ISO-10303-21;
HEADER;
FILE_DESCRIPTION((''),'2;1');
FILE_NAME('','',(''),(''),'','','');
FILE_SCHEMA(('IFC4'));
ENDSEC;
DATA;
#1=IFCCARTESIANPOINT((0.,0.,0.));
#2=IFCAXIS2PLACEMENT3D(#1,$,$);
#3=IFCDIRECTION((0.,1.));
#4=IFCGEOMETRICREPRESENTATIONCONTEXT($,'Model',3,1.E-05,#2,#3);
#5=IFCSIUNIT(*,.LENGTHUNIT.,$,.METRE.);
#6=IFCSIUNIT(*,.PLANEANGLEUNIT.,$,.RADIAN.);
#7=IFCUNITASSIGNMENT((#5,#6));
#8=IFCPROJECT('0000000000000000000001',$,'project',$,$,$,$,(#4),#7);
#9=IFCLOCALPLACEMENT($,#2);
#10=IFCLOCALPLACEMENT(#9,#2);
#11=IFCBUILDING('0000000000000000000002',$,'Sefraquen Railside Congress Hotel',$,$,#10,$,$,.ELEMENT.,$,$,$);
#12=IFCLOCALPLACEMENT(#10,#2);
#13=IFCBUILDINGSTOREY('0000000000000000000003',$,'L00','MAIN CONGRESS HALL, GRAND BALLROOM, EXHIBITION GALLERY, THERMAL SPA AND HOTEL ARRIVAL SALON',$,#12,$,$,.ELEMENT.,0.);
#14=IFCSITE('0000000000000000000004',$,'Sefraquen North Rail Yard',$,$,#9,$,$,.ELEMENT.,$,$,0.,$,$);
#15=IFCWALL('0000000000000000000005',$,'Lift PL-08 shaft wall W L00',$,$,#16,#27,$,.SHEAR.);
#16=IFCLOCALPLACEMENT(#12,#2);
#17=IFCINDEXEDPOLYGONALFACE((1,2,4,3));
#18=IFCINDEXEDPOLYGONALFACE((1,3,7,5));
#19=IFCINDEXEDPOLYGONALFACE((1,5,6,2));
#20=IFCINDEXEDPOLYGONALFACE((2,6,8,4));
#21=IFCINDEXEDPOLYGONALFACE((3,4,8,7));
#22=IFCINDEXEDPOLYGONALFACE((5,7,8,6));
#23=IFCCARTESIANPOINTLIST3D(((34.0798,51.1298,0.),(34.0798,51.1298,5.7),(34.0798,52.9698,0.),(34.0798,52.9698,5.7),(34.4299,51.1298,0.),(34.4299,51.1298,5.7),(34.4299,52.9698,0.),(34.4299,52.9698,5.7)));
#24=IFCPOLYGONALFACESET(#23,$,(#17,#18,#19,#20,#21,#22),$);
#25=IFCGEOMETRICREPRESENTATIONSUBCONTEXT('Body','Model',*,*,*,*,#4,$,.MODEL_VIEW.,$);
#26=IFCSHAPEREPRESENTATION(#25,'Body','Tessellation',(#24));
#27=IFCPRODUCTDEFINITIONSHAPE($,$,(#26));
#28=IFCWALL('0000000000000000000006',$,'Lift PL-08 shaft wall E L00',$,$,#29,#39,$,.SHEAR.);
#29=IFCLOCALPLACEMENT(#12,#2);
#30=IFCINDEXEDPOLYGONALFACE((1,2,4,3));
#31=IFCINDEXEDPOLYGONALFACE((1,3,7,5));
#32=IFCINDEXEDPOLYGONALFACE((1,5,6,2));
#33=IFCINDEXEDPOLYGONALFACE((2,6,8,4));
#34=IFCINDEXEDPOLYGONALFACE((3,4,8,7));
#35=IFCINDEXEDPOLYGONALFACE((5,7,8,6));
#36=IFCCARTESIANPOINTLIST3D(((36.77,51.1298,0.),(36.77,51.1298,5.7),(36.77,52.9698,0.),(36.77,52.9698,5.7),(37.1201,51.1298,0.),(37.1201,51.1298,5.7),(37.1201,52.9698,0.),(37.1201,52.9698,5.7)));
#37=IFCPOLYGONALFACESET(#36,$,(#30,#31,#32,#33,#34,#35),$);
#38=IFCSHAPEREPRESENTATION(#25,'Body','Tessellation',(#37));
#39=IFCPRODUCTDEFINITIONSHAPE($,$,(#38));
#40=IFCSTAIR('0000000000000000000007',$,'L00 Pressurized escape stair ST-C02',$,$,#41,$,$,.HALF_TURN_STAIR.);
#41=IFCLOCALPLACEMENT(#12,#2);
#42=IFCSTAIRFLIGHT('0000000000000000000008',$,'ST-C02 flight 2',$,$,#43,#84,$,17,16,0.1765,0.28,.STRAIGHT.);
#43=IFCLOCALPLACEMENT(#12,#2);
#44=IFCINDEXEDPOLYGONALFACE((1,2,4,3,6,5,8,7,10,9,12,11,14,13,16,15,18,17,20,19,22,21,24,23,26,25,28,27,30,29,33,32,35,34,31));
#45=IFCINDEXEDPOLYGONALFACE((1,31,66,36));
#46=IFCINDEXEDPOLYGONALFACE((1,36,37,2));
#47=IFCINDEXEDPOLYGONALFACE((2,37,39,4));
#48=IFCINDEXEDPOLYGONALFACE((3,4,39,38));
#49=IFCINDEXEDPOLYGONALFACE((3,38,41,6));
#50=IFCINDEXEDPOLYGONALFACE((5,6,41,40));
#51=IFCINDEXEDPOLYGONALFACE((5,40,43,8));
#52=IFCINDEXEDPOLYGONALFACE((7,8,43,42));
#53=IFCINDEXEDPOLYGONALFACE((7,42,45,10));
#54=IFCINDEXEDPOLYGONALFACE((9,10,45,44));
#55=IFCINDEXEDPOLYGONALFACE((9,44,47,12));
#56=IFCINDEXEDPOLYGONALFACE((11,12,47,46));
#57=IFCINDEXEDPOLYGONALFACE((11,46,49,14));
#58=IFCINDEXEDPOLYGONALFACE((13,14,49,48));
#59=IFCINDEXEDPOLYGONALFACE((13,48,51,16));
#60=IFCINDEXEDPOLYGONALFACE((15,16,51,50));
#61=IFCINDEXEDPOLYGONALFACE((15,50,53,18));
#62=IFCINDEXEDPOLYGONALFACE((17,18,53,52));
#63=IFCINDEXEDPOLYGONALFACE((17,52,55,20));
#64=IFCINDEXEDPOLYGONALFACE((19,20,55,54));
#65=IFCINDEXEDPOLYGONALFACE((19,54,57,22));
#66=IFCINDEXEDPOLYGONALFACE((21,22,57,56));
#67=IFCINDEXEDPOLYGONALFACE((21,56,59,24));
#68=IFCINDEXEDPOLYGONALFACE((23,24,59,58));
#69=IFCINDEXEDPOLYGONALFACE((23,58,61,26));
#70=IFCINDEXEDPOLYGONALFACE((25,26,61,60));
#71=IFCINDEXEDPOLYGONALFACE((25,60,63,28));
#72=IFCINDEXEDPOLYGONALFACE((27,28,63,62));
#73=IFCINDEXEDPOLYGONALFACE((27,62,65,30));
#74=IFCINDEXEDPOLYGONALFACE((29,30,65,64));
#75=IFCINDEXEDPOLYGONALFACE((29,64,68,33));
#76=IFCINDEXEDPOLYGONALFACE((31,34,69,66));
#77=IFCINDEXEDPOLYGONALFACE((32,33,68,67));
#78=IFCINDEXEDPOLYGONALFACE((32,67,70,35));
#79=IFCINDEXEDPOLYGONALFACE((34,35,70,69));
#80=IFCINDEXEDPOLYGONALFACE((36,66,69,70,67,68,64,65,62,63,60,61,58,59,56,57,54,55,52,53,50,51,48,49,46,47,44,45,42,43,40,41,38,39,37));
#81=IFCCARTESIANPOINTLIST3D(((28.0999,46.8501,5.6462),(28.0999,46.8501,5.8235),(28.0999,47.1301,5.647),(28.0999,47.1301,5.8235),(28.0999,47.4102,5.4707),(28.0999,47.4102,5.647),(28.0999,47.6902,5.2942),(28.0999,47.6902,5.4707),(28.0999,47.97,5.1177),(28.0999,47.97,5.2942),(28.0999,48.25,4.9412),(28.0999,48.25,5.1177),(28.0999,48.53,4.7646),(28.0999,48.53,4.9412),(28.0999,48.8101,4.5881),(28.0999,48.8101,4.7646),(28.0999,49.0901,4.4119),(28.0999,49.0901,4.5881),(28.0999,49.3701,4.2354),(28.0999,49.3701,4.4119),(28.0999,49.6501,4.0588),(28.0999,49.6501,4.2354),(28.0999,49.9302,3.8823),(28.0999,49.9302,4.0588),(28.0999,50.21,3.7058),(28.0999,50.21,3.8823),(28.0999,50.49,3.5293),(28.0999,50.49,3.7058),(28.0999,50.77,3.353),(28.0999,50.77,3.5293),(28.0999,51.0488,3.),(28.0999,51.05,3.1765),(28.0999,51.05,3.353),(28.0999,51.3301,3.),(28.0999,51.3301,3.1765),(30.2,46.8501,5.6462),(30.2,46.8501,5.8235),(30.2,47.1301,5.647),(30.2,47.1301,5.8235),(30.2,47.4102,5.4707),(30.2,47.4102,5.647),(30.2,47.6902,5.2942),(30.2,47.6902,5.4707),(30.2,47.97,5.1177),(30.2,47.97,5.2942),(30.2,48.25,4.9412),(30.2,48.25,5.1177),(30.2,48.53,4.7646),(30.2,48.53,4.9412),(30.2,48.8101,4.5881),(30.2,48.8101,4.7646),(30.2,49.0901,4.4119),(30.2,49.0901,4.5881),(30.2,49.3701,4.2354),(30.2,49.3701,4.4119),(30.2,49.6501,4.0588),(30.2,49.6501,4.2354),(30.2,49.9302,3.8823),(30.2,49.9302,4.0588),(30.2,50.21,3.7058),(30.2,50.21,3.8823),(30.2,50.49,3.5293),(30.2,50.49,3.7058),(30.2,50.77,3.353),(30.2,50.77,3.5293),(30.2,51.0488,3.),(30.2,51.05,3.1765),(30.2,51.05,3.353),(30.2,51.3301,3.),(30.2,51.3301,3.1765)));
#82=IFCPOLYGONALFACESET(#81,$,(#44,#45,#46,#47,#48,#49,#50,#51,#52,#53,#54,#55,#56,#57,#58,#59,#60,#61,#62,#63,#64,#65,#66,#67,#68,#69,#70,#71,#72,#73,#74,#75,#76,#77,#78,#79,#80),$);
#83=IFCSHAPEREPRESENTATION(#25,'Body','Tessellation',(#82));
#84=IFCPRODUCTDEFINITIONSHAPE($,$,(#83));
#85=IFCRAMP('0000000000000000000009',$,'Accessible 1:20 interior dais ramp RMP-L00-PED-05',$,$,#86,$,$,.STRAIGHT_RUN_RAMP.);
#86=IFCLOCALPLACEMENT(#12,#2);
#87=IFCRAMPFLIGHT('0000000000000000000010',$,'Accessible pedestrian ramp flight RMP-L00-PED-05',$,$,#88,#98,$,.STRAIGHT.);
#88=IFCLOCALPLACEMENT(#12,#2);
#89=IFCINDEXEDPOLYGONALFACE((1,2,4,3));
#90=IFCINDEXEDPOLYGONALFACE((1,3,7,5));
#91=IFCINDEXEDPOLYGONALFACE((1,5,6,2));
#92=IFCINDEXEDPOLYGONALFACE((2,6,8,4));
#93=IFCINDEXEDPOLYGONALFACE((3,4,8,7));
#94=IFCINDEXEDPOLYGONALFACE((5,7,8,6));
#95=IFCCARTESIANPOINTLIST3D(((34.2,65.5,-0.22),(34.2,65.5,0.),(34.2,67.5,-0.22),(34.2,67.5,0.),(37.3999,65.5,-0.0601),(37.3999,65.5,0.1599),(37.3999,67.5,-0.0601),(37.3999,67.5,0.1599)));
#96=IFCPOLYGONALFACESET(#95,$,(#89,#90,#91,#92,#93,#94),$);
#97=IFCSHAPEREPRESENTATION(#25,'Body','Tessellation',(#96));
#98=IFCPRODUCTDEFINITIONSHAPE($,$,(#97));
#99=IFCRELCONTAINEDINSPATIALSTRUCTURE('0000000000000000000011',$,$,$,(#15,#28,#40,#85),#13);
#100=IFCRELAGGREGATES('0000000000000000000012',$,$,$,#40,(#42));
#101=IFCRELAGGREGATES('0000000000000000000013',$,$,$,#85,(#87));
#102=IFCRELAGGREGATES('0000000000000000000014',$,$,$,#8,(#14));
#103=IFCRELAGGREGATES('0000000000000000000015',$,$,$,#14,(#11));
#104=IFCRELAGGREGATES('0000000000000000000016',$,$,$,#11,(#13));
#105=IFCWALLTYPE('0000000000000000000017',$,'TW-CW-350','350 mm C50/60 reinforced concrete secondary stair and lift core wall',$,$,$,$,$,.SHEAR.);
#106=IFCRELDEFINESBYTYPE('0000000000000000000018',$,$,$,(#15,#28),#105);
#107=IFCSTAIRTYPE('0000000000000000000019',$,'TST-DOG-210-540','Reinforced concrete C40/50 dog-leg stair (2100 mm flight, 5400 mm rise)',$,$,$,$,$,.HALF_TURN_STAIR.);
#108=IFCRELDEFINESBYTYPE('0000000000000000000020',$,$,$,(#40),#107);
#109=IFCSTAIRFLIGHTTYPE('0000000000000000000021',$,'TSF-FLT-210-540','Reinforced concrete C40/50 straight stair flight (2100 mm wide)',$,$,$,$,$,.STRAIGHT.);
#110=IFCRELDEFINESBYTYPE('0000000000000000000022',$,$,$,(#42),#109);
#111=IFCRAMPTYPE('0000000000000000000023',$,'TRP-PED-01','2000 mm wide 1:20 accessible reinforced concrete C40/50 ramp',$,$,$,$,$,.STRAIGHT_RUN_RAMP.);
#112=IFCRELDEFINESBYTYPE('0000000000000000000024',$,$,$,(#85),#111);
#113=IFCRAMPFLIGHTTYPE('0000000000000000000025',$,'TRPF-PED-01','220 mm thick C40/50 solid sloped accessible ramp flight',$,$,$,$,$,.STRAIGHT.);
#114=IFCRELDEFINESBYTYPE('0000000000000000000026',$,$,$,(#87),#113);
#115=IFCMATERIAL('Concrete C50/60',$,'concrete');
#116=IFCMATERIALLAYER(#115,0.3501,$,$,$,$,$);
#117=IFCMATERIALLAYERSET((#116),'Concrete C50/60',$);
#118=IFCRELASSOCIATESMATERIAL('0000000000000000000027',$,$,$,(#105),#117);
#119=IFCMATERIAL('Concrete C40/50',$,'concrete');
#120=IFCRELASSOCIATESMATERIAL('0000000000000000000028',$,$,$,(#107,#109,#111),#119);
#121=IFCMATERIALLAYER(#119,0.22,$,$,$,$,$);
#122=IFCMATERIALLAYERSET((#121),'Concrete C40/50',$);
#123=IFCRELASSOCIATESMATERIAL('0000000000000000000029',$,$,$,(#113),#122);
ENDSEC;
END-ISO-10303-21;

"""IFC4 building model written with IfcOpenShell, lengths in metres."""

from ifc_helpers import new_model, si_unit, direction, frame, frame_2d, origin, place, context, subcontext, project, spatial, polyline, rectangle, outline, extrude, material, layer, layer_set, type_object, element, aggregate, save


model = new_model("IFC4")

# Units and contexts
model_context = context("Model", 3, precision=1e-05, world=origin(), true_north=direction((0.0, 1.0)))
body_context = subcontext(model_context, "Body", "Model", "MODEL_VIEW")
ifc_project = project(units=[si_unit("LENGTHUNIT", "METRE"), si_unit("PLANEANGLEUNIT", "RADIAN")], contexts=[model_context])

# Site, building, storey
site_placement = place(None, origin())
site = spatial("IfcSite", under=ifc_project, at=site_placement, Name="Sefraquen North Rail Yard", CompositionType="ELEMENT", RefElevation=0.0)
building_placement = place(site_placement, origin())
building = spatial("IfcBuilding", under=site, at=building_placement, Name="Sefraquen Railside Congress Hotel", CompositionType="ELEMENT")
storey_placement = place(building_placement, origin())
storey = spatial("IfcBuildingStorey", under=building, at=storey_placement, Name="L00", Description="MAIN CONGRESS HALL, GRAND BALLROOM, EXHIBITION GALLERY, THERMAL SPA AND HOTEL ARRIVAL SALON", CompositionType="ELEMENT", Elevation=0.0)

# Shared definitions
ifc_material_1 = material(Name="Concrete C50/60", Category="concrete")

# Walls
ifc_layer_1 = layer(ifc_material_1, 0.3501)
ifc_layer_set_1 = layer_set([ifc_layer_1], Name="Concrete C50/60")
wall_type = type_object("IfcWallType", Name="TW-CW-350", Description="350 mm C50/60 reinforced concrete secondary stair and lift core wall", PredefinedType="SHEAR", material=ifc_layer_set_1)
for number, where, z_axis, x_axis, name in (
    (1, (34.2549, 51.1299, 0.0), (0.0, 0.0, 1.0), (0.0, 1.0, 0.0), "Lift PL-08 shaft wall W L00"),
    (2, (36.9451, 51.1299, 0.0), (0.0, 0.0, 1.0), (0.0, 1.0, 0.0), "Lift PL-08 shaft wall E L00"),
):
    element("IfcWall", number, at=place(storey_placement, frame(where, z_axis=z_axis, x_axis=x_axis)), inside=storey, type_object=wall_type, Name=name, PredefinedType="SHEAR", context=body_context, shape_type="SweptSolid", body=[
        extrude(rectangle(XDim=1.8401, YDim=0.3501, at=frame_2d((0.9199, 0.0))), origin(), (0.0, 0.0, 1.0), 5.7),
    ])

# Stair, stair flight
ifc_material_2 = material(Name="Concrete C40/50", Category="concrete")
stair_type = type_object("IfcStairType", Name="TST-DOG-210-540", Description="Reinforced concrete C40/50 dog-leg stair (2100 mm flight, 5400 mm rise)", PredefinedType="HALF_TURN_STAIR", material=ifc_material_2)
stair_placement = place(storey_placement, origin())
stair = element("IfcStair", 3, at=stair_placement, inside=storey, type_object=stair_type, Name="L00 Pressurized escape stair ST-C02", PredefinedType="HALF_TURN_STAIR")
stair_flight_type = type_object("IfcStairFlightType", Name="TSF-FLT-210-540", Description="Reinforced concrete C40/50 straight stair flight (2100 mm wide)", PredefinedType="STRAIGHT", material=ifc_material_2)
stair_flight_placement = place(storey_placement, frame((29.1499, 51.3301, 3.0), z_axis=(0.0, 0.0, 1.0), x_axis=(0.0, -1.0, 0.0)))
stair_flight = element("IfcStairFlight", 4, at=stair_flight_placement, type_object=stair_flight_type, Name="ST-C02 flight 2", NumberOfRisers=17, NumberOfTreads=16, PredefinedType="STRAIGHT", RiserHeight=0.1765, TreadLength=0.28, context=body_context, shape_type="SweptSolid", body=[
    extrude(outline(polyline([(0.0, 0.0), (0.0, 0.1765), (0.28, 0.1765), (0.28, 0.353), (0.5601, 0.353), (0.5601, 0.5293), (0.8401, 0.5293), (0.8401, 0.7058), (1.1201, 0.7058), (1.1201, 0.8823), (1.3999, 0.8823), (1.3999, 1.0588), (1.6799, 1.0588), (1.6799, 1.2354), (1.96, 1.2354), (1.96, 1.4119), (2.24, 1.4119), (2.24, 1.5881), (2.52, 1.5881), (2.52, 1.7646), (2.8, 1.7646), (2.8, 1.9412), (3.0801, 1.9412), (3.0801, 2.1177), (3.3601, 2.1177), (3.3601, 2.2942), (3.6399, 2.2942), (3.6399, 2.4707), (3.9199, 2.4707), (3.9199, 2.647), (4.2, 2.647), (4.2, 2.8235), (4.48, 2.8235), (4.48, 3.0), (4.48, 2.6462), (0.2812, 0.0), (0.0, 0.0)])), frame((0.0, 1.05, 0.0), z_axis=(0.0, -1.0, 0.0), x_axis=(1.0, 0.0, 0.0)), (0.0, 0.0, 1.0), 2.1001),
])
aggregate(stair, [stair_flight])

# Ramp, ramp flight
ramp_type = type_object("IfcRampType", Name="TRP-PED-01", Description="2000 mm wide 1:20 accessible reinforced concrete C40/50 ramp", PredefinedType="STRAIGHT_RUN_RAMP", material=ifc_material_2)
ramp_placement = place(storey_placement, origin())
ramp = element("IfcRamp", 5, at=ramp_placement, inside=storey, type_object=ramp_type, Name="Accessible 1:20 interior dais ramp RMP-L00-PED-05", PredefinedType="STRAIGHT_RUN_RAMP")
ifc_layer_2 = layer(ifc_material_2, 0.22)
ifc_layer_set_2 = layer_set([ifc_layer_2], Name="Concrete C40/50")
ramp_flight_type = type_object("IfcRampFlightType", Name="TRPF-PED-01", Description="220 mm thick C40/50 solid sloped accessible ramp flight", PredefinedType="STRAIGHT", material=ifc_layer_set_2)
ramp_flight_placement = place(storey_placement, frame((34.2, 66.5, 0.0), z_axis=(0.0, 0.0, 1.0), x_axis=(1.0, 0.0, 0.0)))
ramp_flight = element("IfcRampFlight", 6, at=ramp_flight_placement, type_object=ramp_flight_type, Name="Accessible pedestrian ramp flight RMP-L00-PED-05", PredefinedType="STRAIGHT", context=body_context, shape_type="SweptSolid", body=[
    extrude(outline(polyline([(0.0, 0.0), (0.0, -0.22), (3.2, -0.0601), (3.2, 0.1599), (0.0, 0.0)])), frame((0.0, 1.0, 0.0), z_axis=(0.0, -1.0, 0.0), x_axis=(1.0, 0.0, 0.0)), (0.0, 0.0, 1.0), 2.0),
])
aggregate(ramp, [ramp_flight])

save(model, "model.ifc")
